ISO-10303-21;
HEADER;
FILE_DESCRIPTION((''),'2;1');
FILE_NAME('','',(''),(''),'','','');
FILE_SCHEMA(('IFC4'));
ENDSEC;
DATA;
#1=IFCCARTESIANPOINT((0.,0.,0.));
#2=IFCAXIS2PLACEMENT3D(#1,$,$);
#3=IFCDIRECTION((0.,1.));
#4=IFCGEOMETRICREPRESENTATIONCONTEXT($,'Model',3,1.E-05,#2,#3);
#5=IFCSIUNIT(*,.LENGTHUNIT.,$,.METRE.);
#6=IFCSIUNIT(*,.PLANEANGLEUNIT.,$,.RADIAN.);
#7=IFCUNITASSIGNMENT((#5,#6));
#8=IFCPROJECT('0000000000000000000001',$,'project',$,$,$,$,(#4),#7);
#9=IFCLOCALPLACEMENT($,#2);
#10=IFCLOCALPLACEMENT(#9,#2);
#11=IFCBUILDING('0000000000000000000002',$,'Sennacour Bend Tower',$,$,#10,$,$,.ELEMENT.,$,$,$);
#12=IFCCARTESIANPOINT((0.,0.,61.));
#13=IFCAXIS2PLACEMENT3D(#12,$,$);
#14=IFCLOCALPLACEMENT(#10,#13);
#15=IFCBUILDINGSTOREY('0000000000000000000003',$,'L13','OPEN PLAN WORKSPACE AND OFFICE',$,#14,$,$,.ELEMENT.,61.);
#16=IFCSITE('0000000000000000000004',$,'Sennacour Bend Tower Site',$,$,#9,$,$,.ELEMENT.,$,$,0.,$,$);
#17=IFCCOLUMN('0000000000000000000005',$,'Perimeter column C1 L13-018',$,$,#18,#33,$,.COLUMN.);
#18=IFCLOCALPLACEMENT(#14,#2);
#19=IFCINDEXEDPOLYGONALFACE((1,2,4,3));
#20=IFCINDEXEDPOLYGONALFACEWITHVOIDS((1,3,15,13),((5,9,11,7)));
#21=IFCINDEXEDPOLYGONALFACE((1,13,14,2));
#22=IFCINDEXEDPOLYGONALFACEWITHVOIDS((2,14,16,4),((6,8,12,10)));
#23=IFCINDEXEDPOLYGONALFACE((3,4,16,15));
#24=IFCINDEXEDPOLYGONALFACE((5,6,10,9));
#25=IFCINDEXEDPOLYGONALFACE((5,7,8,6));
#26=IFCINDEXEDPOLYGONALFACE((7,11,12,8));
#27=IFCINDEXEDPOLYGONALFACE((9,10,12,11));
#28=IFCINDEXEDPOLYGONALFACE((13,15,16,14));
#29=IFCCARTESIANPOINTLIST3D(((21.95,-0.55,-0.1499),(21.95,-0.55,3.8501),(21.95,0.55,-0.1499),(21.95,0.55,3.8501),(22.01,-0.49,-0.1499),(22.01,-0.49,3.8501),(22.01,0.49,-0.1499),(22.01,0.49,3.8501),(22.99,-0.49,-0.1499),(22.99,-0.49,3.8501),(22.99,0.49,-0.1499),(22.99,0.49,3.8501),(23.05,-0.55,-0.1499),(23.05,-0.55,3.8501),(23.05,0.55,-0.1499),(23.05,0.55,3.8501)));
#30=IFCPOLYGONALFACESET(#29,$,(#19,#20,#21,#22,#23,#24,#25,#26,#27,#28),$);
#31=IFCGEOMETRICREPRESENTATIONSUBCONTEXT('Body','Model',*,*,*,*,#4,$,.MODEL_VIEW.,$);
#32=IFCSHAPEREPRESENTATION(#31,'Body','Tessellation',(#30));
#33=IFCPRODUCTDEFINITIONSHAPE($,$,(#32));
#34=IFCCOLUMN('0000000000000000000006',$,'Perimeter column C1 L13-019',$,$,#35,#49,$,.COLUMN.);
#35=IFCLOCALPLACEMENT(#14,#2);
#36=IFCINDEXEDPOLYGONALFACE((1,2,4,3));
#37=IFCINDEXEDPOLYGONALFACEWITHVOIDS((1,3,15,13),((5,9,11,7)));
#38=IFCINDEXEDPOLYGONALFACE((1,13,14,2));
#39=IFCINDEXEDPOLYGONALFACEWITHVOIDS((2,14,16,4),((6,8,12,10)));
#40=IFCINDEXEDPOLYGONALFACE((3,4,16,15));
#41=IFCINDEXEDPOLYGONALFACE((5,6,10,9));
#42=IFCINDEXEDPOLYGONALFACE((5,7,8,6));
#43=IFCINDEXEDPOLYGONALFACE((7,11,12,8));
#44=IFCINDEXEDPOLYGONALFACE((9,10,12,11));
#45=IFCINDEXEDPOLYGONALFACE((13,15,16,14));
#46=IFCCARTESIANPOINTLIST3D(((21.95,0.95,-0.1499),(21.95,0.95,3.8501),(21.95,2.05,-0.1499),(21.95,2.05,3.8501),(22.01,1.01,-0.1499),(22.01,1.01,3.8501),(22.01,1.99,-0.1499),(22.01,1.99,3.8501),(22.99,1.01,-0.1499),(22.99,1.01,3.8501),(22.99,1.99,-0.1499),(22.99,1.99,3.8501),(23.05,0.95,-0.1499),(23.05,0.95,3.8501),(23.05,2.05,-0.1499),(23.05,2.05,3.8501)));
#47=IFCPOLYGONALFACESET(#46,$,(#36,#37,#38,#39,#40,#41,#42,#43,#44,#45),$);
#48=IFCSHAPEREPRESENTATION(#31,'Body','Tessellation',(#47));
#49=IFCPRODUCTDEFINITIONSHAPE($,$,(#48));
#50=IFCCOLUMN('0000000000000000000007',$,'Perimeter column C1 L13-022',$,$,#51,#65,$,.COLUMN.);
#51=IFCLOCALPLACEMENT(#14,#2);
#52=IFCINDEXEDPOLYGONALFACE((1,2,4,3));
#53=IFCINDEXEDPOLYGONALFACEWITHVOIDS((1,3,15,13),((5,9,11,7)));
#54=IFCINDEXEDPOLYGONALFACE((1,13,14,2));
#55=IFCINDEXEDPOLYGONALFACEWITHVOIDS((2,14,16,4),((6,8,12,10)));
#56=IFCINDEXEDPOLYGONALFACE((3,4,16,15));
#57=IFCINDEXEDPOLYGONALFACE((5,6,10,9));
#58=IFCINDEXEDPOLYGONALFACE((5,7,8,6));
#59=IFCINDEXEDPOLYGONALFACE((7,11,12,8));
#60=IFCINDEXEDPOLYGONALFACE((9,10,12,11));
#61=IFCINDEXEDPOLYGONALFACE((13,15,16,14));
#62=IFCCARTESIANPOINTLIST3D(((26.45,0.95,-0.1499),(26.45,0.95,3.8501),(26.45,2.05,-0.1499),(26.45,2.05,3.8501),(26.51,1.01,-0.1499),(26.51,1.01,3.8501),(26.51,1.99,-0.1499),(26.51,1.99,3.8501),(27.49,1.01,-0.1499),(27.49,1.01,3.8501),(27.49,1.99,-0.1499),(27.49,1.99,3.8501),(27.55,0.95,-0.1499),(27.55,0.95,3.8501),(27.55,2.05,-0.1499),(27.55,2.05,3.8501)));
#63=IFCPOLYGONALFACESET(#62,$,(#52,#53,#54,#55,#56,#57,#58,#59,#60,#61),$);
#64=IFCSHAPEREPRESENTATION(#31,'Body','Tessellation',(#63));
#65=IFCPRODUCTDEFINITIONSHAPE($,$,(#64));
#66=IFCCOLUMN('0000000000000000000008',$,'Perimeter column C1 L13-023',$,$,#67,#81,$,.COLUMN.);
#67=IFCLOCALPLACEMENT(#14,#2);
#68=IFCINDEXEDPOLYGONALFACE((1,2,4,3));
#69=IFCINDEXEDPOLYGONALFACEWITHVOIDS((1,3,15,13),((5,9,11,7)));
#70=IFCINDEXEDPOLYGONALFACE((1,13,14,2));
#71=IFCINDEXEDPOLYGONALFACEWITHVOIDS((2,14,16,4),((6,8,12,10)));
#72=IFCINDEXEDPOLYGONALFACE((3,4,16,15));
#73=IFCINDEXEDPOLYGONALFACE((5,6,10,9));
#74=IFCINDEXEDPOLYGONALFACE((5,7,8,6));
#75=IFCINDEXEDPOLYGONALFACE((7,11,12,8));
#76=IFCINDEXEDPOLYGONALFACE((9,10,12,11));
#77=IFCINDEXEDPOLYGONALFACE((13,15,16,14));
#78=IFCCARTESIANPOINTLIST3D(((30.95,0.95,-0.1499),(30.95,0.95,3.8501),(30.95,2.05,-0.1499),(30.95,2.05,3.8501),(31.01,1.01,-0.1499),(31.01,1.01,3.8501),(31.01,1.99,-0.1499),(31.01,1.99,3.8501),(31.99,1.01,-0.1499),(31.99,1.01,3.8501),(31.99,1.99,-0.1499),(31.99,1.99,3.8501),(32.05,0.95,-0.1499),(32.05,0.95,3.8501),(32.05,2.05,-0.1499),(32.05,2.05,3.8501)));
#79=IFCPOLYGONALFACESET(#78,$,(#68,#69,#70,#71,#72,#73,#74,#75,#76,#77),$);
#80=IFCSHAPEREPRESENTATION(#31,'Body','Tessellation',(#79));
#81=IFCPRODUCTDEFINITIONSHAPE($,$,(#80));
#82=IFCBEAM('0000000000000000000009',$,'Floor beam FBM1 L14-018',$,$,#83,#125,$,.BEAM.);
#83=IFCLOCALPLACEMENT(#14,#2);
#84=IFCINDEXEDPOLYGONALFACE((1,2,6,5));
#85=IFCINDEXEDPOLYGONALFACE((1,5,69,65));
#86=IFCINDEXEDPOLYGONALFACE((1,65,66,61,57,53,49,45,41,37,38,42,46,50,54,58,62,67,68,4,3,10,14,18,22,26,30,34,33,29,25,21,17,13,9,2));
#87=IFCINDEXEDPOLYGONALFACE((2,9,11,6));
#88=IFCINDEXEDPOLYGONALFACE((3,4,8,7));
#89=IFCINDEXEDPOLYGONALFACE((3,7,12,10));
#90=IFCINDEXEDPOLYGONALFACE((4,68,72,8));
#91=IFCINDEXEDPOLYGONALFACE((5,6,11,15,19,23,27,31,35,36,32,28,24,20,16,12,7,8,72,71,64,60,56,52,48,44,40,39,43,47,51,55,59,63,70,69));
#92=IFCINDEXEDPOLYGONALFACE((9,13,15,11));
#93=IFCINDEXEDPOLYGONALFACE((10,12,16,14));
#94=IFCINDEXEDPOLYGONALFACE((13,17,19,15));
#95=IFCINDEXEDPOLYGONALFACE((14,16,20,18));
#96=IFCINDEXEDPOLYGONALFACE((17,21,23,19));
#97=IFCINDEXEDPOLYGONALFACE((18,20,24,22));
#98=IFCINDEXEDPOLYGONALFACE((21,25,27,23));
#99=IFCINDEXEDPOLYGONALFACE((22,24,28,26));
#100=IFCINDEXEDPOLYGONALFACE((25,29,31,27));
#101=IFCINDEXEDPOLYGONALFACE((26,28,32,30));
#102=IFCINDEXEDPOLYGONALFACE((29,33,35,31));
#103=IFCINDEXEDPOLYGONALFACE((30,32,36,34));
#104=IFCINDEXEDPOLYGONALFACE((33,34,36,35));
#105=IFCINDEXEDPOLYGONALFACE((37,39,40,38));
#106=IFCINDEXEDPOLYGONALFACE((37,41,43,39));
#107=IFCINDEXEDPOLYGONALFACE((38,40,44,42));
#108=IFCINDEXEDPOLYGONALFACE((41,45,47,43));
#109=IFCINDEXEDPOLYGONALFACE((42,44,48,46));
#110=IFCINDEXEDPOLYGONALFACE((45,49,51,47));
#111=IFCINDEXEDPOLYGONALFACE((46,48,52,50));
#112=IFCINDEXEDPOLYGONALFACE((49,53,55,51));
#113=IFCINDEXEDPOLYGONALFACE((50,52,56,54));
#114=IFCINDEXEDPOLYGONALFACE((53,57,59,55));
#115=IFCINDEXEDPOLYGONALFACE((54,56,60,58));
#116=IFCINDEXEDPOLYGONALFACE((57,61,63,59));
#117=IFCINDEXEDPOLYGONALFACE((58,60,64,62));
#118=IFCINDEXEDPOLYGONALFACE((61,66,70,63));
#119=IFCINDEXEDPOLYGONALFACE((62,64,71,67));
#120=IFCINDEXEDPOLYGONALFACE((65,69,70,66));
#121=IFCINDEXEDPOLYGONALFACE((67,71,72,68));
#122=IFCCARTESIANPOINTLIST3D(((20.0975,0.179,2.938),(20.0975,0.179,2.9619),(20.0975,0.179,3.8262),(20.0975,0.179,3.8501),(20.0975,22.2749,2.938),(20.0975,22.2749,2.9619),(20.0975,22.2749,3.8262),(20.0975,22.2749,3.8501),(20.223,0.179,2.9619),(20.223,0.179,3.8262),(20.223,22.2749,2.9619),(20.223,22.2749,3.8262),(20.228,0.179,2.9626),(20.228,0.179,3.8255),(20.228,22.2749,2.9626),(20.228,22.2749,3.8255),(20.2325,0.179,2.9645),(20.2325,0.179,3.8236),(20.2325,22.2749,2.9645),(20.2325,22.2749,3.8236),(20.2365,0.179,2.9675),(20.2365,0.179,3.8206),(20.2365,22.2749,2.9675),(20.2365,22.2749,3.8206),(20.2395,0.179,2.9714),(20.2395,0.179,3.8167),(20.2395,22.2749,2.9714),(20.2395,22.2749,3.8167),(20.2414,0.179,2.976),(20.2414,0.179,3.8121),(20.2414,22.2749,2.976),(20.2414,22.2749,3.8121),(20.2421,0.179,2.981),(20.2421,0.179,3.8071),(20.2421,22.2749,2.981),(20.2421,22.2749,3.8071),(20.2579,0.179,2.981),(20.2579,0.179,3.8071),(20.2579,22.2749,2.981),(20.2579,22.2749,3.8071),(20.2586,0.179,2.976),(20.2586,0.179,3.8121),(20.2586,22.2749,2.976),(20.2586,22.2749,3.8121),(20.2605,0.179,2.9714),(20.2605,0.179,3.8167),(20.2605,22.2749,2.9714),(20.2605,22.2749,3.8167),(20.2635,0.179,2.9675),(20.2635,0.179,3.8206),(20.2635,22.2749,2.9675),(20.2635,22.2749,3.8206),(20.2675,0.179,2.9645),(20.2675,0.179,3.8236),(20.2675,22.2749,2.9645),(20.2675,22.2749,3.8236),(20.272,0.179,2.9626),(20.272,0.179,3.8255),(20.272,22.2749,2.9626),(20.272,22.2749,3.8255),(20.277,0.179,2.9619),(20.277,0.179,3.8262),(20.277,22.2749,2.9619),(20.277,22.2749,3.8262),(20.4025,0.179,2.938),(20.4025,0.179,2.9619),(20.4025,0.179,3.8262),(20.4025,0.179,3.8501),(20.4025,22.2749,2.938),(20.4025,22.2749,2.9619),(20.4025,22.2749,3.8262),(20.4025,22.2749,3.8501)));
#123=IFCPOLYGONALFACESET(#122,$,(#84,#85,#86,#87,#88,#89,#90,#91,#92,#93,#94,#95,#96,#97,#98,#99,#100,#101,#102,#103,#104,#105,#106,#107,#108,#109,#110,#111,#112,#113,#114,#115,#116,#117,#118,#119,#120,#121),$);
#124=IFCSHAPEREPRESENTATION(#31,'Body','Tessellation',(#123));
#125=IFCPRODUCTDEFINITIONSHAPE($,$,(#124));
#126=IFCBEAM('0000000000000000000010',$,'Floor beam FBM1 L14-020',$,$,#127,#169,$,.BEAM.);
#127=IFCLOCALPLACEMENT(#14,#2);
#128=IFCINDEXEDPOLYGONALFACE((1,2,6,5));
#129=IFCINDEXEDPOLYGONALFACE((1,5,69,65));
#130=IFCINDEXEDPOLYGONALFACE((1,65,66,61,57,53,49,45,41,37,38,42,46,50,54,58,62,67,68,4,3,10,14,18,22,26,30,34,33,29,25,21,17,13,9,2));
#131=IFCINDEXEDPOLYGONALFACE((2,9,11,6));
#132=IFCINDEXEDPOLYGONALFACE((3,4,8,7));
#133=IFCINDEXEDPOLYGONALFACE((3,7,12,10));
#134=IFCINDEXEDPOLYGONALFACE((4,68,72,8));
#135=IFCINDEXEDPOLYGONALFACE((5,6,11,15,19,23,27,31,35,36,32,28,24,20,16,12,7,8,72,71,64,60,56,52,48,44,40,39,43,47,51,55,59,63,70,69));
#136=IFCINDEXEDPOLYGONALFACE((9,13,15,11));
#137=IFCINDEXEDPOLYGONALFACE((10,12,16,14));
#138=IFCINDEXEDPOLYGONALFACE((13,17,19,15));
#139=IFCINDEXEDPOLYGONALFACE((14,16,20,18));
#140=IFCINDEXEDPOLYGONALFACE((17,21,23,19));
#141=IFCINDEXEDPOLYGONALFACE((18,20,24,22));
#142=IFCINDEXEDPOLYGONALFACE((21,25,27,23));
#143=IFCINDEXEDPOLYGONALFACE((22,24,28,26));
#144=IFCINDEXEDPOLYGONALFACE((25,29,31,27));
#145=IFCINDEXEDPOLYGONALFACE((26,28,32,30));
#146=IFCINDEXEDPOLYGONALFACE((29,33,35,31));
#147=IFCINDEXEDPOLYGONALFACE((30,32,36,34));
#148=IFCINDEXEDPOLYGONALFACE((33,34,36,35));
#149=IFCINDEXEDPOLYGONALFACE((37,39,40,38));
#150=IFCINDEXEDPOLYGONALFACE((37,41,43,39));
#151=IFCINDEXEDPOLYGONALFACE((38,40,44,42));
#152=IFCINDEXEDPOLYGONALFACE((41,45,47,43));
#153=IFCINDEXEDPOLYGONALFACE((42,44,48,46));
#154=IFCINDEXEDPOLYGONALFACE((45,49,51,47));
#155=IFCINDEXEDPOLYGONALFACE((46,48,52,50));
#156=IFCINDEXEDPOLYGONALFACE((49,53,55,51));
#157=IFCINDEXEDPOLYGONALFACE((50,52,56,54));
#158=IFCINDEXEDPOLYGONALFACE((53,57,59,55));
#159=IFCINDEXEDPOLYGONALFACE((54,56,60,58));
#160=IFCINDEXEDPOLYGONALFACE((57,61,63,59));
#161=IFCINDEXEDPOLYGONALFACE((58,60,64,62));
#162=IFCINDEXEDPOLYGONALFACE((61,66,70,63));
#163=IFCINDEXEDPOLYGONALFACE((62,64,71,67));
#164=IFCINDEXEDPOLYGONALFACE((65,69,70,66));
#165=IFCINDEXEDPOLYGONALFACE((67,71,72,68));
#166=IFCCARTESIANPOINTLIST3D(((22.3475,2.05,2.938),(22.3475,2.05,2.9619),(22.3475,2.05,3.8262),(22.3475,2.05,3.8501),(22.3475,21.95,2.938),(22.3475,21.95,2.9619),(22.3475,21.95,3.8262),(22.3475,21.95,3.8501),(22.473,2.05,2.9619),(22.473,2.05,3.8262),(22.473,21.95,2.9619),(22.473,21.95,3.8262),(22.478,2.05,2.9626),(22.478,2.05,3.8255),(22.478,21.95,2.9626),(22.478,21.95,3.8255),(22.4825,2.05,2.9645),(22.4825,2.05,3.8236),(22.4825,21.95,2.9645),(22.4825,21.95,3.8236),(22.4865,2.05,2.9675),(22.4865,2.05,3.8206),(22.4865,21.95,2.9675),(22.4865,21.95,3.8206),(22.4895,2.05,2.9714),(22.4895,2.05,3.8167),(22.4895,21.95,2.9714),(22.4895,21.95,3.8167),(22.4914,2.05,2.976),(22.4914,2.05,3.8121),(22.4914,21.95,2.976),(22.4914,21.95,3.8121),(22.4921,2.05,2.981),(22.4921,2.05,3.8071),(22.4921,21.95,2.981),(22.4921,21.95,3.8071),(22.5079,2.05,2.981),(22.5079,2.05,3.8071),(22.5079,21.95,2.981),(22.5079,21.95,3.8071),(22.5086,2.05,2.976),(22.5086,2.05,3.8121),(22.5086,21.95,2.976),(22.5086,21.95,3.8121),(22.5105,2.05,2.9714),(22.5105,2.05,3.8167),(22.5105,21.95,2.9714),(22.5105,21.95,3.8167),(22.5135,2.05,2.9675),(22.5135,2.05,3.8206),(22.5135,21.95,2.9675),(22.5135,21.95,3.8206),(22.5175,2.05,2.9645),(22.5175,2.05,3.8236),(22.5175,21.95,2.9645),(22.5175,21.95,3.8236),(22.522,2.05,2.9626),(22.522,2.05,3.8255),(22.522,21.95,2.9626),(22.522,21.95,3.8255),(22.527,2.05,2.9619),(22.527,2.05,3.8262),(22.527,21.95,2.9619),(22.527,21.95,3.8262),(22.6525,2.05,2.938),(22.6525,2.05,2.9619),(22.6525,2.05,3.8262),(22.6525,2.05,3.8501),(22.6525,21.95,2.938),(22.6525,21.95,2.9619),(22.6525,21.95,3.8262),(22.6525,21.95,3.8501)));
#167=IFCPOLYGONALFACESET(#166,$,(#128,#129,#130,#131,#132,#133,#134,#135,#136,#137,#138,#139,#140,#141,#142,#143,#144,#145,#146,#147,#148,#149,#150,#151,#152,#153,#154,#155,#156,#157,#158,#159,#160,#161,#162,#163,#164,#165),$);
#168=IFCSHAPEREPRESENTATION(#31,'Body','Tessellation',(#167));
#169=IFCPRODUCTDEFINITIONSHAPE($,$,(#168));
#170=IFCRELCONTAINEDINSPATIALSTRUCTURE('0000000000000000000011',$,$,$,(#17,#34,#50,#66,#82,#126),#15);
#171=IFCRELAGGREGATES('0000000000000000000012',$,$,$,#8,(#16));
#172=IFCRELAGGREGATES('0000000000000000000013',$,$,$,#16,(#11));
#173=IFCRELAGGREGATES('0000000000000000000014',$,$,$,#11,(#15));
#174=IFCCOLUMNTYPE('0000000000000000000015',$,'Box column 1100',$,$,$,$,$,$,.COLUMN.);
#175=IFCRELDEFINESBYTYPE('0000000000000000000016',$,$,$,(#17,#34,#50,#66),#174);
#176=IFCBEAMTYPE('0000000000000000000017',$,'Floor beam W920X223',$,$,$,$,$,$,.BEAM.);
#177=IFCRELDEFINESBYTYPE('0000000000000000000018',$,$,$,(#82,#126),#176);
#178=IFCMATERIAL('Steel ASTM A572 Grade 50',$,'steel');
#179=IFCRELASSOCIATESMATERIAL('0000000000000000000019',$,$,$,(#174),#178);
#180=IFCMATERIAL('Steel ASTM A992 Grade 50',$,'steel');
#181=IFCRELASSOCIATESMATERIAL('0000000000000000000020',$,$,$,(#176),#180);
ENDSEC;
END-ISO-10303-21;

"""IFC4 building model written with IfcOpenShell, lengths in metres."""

from ifc_helpers import new_model, si_unit, direction, frame, origin, origin_2d, place, context, subcontext, project, spatial, hollow_rectangle, i_section, extrude, material, material_profile, profile_set, type_object, element, save


model = new_model("IFC4")

# Units and contexts
model_context = context("Model", 3, precision=1e-05, world=origin(), true_north=direction((0.0, 1.0)))
body_context = subcontext(model_context, "Body", "Model", "MODEL_VIEW")
ifc_project = project(units=[si_unit("LENGTHUNIT", "METRE"), si_unit("PLANEANGLEUNIT", "RADIAN")], contexts=[model_context])

# Site, building, storey
site_placement = place(None, origin())
site = spatial("IfcSite", under=ifc_project, at=site_placement, Name="Sennacour Bend Tower Site", CompositionType="ELEMENT", RefElevation=0.0)
building_placement = place(site_placement, origin())
building = spatial("IfcBuilding", under=site, at=building_placement, Name="Sennacour Bend Tower", CompositionType="ELEMENT")
storey_placement = place(building_placement, frame((0.0, 0.0, 61.0)))
storey = spatial("IfcBuildingStorey", under=building, at=storey_placement, Name="L13", Description="OPEN PLAN WORKSPACE AND OFFICE", CompositionType="ELEMENT", Elevation=61.0)

# Columns
ifc_material_1 = material(Name="Steel ASTM A572 Grade 50", Category="steel")
ifc_material_profile_1 = material_profile(ifc_material_1, hollow_rectangle(XDim=1.1001, YDim=1.1001, WallThickness=0.0601, at=origin_2d()), Name="Steel ASTM A572 Grade 50", Category="steel")
ifc_profile_set_1 = profile_set([ifc_material_profile_1], Name="Steel ASTM A572 Grade 50")
column_type = type_object("IfcColumnType", Name="Box column 1100", PredefinedType="COLUMN", material=ifc_profile_set_1)
for number, where, z_axis, x_axis, name in (
    (1, (22.5, 0.0, -0.1499), (0.0, 0.0, 1.0), (1.0, 0.0, 0.0), "Perimeter column C1 L13-018"),
    (2, (22.5, 1.5, -0.1499), (0.0, 0.0, 1.0), (1.0, 0.0, 0.0), "Perimeter column C1 L13-019"),
    (3, (27.0, 1.5, -0.1499), (0.0, 0.0, 1.0), (1.0, 0.0, 0.0), "Perimeter column C1 L13-022"),
    (4, (31.5, 1.5, -0.1499), (0.0, 0.0, 1.0), (1.0, 0.0, 0.0), "Perimeter column C1 L13-023"),
):
    element("IfcColumn", number, at=place(storey_placement, frame(where, z_axis=z_axis, x_axis=x_axis)), inside=storey, type_object=column_type, Name=name, PredefinedType="COLUMN", context=body_context, shape_type="SweptSolid", body=[
        extrude(hollow_rectangle(XDim=1.1001, YDim=1.1001, WallThickness=0.0601, at=origin_2d()), origin(), (0.0, 0.0, 1.0), 4.0),
    ])

# Beams
ifc_material_2 = material(Name="Steel ASTM A992 Grade 50", Category="steel")
ifc_material_profile_2 = material_profile(ifc_material_2, i_section(OverallWidth=0.3049, OverallDepth=0.9121, WebThickness=0.0159, FlangeThickness=0.0239, FilletRadius=0.019, at=origin_2d()), Name="Steel ASTM A992 Grade 50", Category="steel")
ifc_profile_set_2 = profile_set([ifc_material_profile_2], Name="Steel ASTM A992 Grade 50")
beam_type_1 = type_object("IfcBeamType", Name="Floor beam W920X223", PredefinedType="BEAM", material=ifc_profile_set_2)
beam_1_placement = place(storey_placement, frame((20.25, 0.179, 3.394), z_axis=(0.0, 1.0, 0.0), x_axis=(-1.0, 0.0, 0.0)))
element("IfcBeam", 5, at=beam_1_placement, inside=storey, type_object=beam_type_1, Name="Floor beam FBM1 L14-018", PredefinedType="BEAM", context=body_context, shape_type="SweptSolid", body=[
    extrude(i_section(OverallWidth=0.3049, OverallDepth=0.9121, WebThickness=0.0159, FlangeThickness=0.0239, FilletRadius=0.019, at=origin_2d()), origin(), (0.0, 0.0, 1.0), 22.0959),
])
beam_2_placement = place(storey_placement, frame((22.5, 2.05, 3.394), z_axis=(0.0, 1.0, 0.0), x_axis=(-1.0, 0.0, 0.0)))
element("IfcBeam", 6, at=beam_2_placement, inside=storey, type_object=beam_type_1, Name="Floor beam FBM1 L14-020", PredefinedType="BEAM", context=body_context, shape_type="SweptSolid", body=[
    extrude(i_section(OverallWidth=0.3049, OverallDepth=0.9121, WebThickness=0.0159, FlangeThickness=0.0239, FilletRadius=0.019, at=origin_2d()), origin(), (0.0, 0.0, 1.0), 19.8999),
])

save(model, "model.ifc")
